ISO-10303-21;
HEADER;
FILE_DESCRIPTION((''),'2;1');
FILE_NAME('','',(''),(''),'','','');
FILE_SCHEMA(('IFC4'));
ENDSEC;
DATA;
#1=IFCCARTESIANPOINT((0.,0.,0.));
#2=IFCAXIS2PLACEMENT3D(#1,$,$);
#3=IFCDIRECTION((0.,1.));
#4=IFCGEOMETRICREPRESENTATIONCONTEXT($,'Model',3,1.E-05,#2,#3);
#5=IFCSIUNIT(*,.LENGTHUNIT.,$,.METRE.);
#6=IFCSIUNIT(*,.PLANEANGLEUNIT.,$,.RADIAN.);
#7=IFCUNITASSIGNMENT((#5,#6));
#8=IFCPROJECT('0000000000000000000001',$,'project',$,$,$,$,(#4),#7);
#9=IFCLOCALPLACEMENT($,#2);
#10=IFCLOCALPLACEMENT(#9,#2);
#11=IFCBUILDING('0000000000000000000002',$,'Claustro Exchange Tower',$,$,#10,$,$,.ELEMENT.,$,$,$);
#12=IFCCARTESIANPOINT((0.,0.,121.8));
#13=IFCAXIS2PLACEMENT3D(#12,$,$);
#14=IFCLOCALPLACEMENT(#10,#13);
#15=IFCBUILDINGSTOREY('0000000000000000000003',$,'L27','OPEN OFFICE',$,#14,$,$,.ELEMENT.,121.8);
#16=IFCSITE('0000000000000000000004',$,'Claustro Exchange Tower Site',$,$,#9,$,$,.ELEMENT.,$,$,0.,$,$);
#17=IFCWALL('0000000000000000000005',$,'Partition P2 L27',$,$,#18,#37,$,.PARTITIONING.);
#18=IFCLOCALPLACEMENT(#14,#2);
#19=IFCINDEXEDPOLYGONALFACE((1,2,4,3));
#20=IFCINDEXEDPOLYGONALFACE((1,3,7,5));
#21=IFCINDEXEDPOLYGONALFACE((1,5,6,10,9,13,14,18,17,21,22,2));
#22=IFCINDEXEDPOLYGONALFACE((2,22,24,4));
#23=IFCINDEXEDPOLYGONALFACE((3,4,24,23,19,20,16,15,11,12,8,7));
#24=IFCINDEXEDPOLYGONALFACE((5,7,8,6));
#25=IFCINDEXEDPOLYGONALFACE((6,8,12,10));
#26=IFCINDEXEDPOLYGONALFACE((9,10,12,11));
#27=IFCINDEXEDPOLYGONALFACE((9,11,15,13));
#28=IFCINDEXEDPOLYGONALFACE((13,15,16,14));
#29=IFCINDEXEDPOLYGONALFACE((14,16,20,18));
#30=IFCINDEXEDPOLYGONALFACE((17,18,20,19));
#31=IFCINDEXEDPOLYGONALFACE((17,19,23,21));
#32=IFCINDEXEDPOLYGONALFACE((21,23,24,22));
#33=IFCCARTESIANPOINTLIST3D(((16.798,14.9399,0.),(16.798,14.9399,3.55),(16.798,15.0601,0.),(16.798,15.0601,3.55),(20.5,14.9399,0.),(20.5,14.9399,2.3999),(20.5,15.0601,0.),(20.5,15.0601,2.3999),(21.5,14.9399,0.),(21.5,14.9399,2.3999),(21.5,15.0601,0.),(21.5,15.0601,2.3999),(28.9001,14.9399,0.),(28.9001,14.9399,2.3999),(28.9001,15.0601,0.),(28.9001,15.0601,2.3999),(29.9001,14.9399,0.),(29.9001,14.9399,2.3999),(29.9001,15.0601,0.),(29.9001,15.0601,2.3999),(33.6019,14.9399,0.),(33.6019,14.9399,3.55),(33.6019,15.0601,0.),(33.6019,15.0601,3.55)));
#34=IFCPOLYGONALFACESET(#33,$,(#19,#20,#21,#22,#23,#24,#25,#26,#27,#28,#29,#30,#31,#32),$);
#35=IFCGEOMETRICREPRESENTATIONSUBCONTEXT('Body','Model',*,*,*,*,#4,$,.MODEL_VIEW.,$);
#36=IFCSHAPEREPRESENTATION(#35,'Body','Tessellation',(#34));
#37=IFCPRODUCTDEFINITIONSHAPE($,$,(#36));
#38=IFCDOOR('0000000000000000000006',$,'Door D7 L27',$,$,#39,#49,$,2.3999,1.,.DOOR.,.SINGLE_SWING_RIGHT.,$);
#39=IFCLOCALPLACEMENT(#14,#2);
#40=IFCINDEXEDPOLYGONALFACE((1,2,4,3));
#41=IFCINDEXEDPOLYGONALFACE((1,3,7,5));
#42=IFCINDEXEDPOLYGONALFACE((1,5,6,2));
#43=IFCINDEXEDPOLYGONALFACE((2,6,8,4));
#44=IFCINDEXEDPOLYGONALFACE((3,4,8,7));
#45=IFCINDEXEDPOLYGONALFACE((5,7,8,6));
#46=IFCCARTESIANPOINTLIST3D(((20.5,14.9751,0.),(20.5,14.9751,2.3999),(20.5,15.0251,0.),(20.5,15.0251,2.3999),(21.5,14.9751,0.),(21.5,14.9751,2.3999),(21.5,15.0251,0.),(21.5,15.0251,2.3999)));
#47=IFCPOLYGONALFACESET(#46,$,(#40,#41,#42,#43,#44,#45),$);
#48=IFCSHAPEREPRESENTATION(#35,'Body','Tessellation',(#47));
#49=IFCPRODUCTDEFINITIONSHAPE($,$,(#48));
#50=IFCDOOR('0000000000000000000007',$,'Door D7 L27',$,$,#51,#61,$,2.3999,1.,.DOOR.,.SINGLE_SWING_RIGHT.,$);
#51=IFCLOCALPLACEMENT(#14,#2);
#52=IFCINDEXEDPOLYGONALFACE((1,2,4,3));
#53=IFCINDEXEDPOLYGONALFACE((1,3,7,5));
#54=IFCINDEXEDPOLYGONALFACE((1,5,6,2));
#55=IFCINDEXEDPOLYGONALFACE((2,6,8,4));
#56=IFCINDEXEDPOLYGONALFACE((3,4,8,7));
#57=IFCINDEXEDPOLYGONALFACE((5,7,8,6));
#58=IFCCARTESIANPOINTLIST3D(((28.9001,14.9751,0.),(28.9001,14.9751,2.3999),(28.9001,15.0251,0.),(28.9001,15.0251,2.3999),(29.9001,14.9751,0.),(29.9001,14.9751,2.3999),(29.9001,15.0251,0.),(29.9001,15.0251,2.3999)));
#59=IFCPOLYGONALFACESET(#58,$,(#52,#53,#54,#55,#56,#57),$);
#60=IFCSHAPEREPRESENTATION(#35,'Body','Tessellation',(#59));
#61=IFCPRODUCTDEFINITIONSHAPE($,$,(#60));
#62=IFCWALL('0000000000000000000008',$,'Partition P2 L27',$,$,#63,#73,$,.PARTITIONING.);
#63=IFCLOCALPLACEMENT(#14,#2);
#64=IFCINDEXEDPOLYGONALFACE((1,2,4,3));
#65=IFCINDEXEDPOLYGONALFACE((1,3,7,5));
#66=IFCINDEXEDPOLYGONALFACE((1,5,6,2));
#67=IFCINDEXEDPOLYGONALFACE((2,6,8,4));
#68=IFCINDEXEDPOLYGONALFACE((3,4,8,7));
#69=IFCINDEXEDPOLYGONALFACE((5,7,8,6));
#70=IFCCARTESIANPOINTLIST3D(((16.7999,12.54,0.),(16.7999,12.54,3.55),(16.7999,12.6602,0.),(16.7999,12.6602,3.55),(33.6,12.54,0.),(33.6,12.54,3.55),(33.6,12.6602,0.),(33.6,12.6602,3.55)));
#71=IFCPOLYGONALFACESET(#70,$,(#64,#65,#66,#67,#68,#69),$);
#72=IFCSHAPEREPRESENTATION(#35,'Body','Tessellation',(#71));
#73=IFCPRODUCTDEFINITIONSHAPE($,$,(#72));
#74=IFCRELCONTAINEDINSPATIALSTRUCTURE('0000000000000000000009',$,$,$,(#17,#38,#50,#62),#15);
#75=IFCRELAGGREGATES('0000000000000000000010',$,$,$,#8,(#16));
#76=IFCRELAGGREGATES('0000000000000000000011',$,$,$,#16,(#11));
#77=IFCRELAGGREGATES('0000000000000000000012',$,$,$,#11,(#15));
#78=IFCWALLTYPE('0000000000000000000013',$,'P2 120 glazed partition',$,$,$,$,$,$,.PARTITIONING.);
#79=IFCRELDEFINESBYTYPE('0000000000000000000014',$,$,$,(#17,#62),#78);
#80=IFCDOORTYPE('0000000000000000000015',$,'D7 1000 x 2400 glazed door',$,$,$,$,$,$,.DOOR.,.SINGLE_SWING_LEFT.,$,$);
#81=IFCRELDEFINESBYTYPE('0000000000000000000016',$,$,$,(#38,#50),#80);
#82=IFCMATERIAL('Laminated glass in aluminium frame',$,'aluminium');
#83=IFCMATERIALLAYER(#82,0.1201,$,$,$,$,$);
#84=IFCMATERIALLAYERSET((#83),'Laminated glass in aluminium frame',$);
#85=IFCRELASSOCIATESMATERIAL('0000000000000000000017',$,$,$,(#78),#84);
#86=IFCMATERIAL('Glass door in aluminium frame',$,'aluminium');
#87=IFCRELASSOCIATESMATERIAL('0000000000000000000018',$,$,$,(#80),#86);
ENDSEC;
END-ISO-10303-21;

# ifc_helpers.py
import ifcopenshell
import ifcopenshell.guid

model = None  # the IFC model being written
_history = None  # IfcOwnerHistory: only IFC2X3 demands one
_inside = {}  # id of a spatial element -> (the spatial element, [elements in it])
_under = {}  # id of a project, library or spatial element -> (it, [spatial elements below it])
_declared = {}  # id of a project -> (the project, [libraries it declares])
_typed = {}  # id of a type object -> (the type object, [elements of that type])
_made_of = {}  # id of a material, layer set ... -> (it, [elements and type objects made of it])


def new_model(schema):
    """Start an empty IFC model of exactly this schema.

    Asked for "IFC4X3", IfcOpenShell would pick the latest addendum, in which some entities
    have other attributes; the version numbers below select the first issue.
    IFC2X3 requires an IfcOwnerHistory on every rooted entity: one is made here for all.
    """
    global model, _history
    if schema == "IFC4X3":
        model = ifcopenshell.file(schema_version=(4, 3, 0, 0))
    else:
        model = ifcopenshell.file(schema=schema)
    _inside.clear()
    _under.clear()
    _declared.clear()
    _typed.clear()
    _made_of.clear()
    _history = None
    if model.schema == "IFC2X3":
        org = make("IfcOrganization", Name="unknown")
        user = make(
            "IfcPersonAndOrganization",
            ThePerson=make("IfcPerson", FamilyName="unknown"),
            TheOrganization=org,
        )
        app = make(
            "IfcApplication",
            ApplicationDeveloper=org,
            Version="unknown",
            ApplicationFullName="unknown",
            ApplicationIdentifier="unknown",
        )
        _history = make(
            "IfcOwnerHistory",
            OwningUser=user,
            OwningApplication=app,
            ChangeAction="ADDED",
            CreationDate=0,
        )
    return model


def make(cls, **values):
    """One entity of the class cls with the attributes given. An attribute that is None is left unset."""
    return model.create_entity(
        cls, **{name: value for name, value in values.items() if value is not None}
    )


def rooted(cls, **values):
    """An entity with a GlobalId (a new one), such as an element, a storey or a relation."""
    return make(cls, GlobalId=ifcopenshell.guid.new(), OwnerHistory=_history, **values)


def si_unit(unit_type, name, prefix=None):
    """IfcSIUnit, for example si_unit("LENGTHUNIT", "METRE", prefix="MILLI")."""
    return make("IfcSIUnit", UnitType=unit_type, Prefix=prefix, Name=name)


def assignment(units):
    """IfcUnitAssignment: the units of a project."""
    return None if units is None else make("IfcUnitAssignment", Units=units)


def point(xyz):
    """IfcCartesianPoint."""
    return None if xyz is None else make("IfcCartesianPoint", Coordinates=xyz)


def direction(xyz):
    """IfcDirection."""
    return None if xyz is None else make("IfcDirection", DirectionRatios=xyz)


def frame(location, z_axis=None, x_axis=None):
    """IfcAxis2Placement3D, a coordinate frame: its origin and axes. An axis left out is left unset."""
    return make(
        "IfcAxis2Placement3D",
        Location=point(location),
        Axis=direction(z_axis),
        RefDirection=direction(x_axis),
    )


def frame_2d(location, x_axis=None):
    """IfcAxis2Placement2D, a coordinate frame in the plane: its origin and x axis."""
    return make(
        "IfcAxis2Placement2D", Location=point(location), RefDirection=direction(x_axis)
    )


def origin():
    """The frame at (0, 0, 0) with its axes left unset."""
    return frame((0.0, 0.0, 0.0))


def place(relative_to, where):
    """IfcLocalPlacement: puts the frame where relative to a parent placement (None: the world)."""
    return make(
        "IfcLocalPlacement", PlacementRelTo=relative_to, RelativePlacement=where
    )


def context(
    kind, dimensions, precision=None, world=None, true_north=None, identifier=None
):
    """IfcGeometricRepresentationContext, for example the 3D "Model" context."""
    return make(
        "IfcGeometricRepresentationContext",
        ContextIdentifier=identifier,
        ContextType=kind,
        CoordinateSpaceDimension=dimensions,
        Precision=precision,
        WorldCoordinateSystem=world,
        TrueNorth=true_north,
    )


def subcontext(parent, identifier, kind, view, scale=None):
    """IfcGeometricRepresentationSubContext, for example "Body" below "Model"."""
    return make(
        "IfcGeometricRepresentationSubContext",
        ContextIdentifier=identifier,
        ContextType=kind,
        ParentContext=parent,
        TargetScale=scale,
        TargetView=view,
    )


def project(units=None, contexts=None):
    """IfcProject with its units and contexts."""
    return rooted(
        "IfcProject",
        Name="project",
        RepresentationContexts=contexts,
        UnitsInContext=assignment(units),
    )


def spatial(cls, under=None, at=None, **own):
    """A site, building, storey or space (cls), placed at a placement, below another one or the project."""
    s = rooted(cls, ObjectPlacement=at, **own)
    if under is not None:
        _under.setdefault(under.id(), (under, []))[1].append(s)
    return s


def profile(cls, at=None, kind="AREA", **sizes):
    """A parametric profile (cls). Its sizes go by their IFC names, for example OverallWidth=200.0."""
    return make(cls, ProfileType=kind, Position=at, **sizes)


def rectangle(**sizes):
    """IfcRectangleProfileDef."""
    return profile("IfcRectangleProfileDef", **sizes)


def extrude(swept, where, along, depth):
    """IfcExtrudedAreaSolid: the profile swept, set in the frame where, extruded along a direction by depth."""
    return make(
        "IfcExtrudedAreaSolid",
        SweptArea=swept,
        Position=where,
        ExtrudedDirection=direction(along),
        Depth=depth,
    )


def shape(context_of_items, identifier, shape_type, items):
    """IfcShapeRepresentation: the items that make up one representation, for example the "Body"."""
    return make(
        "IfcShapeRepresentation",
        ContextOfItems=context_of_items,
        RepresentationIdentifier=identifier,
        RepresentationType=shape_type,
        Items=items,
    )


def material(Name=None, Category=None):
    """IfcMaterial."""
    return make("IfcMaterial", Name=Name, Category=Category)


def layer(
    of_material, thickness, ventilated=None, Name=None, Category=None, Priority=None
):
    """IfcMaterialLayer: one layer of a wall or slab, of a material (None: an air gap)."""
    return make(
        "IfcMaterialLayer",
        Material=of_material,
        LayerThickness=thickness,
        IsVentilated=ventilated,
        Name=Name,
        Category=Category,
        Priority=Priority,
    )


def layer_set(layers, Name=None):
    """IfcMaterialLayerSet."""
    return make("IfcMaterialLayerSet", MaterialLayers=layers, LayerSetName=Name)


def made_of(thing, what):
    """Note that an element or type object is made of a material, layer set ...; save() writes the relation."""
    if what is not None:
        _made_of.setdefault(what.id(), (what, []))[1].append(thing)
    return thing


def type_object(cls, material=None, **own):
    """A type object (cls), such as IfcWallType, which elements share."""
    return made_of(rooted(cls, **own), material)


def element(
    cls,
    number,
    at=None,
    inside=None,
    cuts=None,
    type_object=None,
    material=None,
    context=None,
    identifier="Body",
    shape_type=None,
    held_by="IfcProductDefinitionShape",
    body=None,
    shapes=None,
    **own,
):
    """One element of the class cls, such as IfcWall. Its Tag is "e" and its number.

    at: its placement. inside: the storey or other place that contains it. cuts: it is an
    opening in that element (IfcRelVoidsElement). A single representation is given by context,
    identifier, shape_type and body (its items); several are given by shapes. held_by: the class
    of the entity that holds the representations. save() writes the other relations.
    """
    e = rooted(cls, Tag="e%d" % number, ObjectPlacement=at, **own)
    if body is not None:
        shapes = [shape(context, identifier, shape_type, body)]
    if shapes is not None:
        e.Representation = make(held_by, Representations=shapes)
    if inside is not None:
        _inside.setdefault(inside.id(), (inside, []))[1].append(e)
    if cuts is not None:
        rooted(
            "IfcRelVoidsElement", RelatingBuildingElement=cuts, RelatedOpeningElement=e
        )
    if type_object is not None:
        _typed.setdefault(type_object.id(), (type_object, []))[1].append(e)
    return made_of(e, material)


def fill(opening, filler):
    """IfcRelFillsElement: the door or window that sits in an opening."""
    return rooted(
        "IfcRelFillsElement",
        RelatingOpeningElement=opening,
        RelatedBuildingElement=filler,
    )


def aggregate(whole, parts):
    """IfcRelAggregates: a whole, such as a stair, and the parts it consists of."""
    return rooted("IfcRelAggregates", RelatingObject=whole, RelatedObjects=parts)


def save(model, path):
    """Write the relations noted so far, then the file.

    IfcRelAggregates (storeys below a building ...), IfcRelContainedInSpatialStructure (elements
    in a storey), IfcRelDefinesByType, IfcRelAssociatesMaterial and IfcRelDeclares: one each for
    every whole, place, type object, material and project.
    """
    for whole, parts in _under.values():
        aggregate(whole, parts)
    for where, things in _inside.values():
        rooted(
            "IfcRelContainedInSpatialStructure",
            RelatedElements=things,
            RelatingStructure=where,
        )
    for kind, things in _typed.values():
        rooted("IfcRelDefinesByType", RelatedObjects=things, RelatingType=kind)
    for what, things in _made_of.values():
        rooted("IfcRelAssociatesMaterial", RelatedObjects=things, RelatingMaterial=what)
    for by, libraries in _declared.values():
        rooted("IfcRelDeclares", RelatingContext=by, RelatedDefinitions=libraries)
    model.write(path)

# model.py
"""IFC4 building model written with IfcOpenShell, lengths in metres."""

from ifc_helpers import new_model, si_unit, direction, frame, frame_2d, origin, place, context, subcontext, project, spatial, rectangle, extrude, material, layer, layer_set, type_object, element, fill, save


model = new_model("IFC4")

# Units and contexts
model_context = context("Model", 3, precision=1e-05, world=origin(), true_north=direction((0.0, 1.0)))
body_context = subcontext(model_context, "Body", "Model", "MODEL_VIEW")
ifc_project = project(units=[si_unit("LENGTHUNIT", "METRE"), si_unit("PLANEANGLEUNIT", "RADIAN")], contexts=[model_context])

# Site, building, storey
site_placement = place(None, origin())
site = spatial("IfcSite", under=ifc_project, at=site_placement, Name="Claustro Exchange Tower Site", CompositionType="ELEMENT", RefElevation=0.0)
building_placement = place(site_placement, origin())
building = spatial("IfcBuilding", under=site, at=building_placement, Name="Claustro Exchange Tower", CompositionType="ELEMENT")
storey_placement = place(building_placement, frame((0.0, 0.0, 121.8)))
storey = spatial("IfcBuildingStorey", under=building, at=storey_placement, Name="L27", Description="OPEN OFFICE", CompositionType="ELEMENT", Elevation=121.8)

# Shared definitions
ifc_material_1 = material(Name="Laminated glass in aluminium frame", Category="aluminium")
ifc_layer_1 = layer(ifc_material_1, 0.1201)
ifc_layer_set_1 = layer_set([ifc_layer_1], Name="Laminated glass in aluminium frame")
wall_type_1 = type_object("IfcWallType", Name="P2 120 glazed partition", PredefinedType="PARTITIONING", material=ifc_layer_set_1)

# Wall, openings, doors
wall_1_placement = place(storey_placement, frame((16.7981, 15.0, 0.0), z_axis=(0.0, 0.0, 1.0), x_axis=(1.0, 0.0, 0.0)))
wall_1 = element("IfcWall", 1, at=wall_1_placement, inside=storey, type_object=wall_type_1, Name="Partition P2 L27", PredefinedType="PARTITIONING", context=body_context, shape_type="SweptSolid", body=[
    extrude(rectangle(XDim=16.804, YDim=0.1201, at=frame_2d((8.4019, 0.0))), origin(), (0.0, 0.0, 1.0), 3.55),
])
opening_1_placement = place(wall_1_placement, frame((3.7019, 0.0, 0.0)))
opening_1 = element("IfcOpeningElement", 2, at=opening_1_placement, cuts=wall_1, PredefinedType="OPENING", context=body_context, shape_type="SweptSolid", body=[
    extrude(rectangle(XDim=1.0, YDim=2.3999, at=frame_2d((0.5, 1.2))), frame((0.0, 0.0701, 0.0), z_axis=(0.0, -1.0, 0.0), x_axis=(1.0, 0.0, 0.0)), (0.0, 0.0, 1.0), 0.1401),
])
opening_2_placement = place(wall_1_placement, frame((12.1021, 0.0, 0.0)))
opening_2 = element("IfcOpeningElement", 3, at=opening_2_placement, cuts=wall_1, PredefinedType="OPENING", context=body_context, shape_type="SweptSolid", body=[
    extrude(rectangle(XDim=1.0, YDim=2.3999, at=frame_2d((0.5, 1.2))), frame((0.0, 0.0701, 0.0), z_axis=(0.0, -1.0, 0.0), x_axis=(1.0, 0.0, 0.0)), (0.0, 0.0, 1.0), 0.1401),
])
ifc_material_2 = material(Name="Glass door in aluminium frame", Category="aluminium")
door_type_1 = type_object("IfcDoorType", Name="D7 1000 x 2400 glazed door", OperationType="SINGLE_SWING_LEFT", PredefinedType="DOOR", material=ifc_material_2)
door_1_placement = place(opening_1_placement, frame((1.0, 0.0, 0.0), z_axis=(0.0, 0.0, 1.0), x_axis=(-1.0, 0.0, 0.0)))
door_1 = element("IfcDoor", 4, at=door_1_placement, inside=storey, type_object=door_type_1, Name="Door D7 L27", OperationType="SINGLE_SWING_RIGHT", OverallHeight=2.3999, OverallWidth=1.0, PredefinedType="DOOR", context=body_context, shape_type="SweptSolid", body=[
    extrude(rectangle(XDim=1.0, YDim=2.3999, at=frame_2d((0.5, 1.2))), frame((0.0, 0.0249, 0.0), z_axis=(0.0, -1.0, 0.0), x_axis=(1.0, 0.0, 0.0)), (0.0, 0.0, 1.0), 0.05),
])
fill(opening_1, door_1)
door_2_placement = place(opening_2_placement, frame((1.0, 0.0, 0.0), z_axis=(0.0, 0.0, 1.0), x_axis=(-1.0, 0.0, 0.0)))
door_2 = element("IfcDoor", 5, at=door_2_placement, inside=storey, type_object=door_type_1, Name="Door D7 L27", OperationType="SINGLE_SWING_RIGHT", OverallHeight=2.3999, OverallWidth=1.0, PredefinedType="DOOR", context=body_context, shape_type="SweptSolid", body=[
    extrude(rectangle(XDim=1.0, YDim=2.3999, at=frame_2d((0.5, 1.2))), frame((0.0, 0.0249, 0.0), z_axis=(0.0, -1.0, 0.0), x_axis=(1.0, 0.0, 0.0)), (0.0, 0.0, 1.0), 0.05),
])
fill(opening_2, door_2)

# Wall
wall_2_placement = place(storey_placement, frame((16.8, 12.6001, 0.0), z_axis=(0.0, 0.0, 1.0), x_axis=(1.0, 0.0, 0.0)))
element("IfcWall", 6, at=wall_2_placement, inside=storey, type_object=wall_type_1, Name="Partition P2 L27", PredefinedType="PARTITIONING", context=body_context, shape_type="SweptSolid", body=[
    extrude(rectangle(XDim=16.8, YDim=0.1201, at=frame_2d((8.3999, 0.0))), origin(), (0.0, 0.0, 1.0), 3.55),
])

save(model, "model.ifc")
